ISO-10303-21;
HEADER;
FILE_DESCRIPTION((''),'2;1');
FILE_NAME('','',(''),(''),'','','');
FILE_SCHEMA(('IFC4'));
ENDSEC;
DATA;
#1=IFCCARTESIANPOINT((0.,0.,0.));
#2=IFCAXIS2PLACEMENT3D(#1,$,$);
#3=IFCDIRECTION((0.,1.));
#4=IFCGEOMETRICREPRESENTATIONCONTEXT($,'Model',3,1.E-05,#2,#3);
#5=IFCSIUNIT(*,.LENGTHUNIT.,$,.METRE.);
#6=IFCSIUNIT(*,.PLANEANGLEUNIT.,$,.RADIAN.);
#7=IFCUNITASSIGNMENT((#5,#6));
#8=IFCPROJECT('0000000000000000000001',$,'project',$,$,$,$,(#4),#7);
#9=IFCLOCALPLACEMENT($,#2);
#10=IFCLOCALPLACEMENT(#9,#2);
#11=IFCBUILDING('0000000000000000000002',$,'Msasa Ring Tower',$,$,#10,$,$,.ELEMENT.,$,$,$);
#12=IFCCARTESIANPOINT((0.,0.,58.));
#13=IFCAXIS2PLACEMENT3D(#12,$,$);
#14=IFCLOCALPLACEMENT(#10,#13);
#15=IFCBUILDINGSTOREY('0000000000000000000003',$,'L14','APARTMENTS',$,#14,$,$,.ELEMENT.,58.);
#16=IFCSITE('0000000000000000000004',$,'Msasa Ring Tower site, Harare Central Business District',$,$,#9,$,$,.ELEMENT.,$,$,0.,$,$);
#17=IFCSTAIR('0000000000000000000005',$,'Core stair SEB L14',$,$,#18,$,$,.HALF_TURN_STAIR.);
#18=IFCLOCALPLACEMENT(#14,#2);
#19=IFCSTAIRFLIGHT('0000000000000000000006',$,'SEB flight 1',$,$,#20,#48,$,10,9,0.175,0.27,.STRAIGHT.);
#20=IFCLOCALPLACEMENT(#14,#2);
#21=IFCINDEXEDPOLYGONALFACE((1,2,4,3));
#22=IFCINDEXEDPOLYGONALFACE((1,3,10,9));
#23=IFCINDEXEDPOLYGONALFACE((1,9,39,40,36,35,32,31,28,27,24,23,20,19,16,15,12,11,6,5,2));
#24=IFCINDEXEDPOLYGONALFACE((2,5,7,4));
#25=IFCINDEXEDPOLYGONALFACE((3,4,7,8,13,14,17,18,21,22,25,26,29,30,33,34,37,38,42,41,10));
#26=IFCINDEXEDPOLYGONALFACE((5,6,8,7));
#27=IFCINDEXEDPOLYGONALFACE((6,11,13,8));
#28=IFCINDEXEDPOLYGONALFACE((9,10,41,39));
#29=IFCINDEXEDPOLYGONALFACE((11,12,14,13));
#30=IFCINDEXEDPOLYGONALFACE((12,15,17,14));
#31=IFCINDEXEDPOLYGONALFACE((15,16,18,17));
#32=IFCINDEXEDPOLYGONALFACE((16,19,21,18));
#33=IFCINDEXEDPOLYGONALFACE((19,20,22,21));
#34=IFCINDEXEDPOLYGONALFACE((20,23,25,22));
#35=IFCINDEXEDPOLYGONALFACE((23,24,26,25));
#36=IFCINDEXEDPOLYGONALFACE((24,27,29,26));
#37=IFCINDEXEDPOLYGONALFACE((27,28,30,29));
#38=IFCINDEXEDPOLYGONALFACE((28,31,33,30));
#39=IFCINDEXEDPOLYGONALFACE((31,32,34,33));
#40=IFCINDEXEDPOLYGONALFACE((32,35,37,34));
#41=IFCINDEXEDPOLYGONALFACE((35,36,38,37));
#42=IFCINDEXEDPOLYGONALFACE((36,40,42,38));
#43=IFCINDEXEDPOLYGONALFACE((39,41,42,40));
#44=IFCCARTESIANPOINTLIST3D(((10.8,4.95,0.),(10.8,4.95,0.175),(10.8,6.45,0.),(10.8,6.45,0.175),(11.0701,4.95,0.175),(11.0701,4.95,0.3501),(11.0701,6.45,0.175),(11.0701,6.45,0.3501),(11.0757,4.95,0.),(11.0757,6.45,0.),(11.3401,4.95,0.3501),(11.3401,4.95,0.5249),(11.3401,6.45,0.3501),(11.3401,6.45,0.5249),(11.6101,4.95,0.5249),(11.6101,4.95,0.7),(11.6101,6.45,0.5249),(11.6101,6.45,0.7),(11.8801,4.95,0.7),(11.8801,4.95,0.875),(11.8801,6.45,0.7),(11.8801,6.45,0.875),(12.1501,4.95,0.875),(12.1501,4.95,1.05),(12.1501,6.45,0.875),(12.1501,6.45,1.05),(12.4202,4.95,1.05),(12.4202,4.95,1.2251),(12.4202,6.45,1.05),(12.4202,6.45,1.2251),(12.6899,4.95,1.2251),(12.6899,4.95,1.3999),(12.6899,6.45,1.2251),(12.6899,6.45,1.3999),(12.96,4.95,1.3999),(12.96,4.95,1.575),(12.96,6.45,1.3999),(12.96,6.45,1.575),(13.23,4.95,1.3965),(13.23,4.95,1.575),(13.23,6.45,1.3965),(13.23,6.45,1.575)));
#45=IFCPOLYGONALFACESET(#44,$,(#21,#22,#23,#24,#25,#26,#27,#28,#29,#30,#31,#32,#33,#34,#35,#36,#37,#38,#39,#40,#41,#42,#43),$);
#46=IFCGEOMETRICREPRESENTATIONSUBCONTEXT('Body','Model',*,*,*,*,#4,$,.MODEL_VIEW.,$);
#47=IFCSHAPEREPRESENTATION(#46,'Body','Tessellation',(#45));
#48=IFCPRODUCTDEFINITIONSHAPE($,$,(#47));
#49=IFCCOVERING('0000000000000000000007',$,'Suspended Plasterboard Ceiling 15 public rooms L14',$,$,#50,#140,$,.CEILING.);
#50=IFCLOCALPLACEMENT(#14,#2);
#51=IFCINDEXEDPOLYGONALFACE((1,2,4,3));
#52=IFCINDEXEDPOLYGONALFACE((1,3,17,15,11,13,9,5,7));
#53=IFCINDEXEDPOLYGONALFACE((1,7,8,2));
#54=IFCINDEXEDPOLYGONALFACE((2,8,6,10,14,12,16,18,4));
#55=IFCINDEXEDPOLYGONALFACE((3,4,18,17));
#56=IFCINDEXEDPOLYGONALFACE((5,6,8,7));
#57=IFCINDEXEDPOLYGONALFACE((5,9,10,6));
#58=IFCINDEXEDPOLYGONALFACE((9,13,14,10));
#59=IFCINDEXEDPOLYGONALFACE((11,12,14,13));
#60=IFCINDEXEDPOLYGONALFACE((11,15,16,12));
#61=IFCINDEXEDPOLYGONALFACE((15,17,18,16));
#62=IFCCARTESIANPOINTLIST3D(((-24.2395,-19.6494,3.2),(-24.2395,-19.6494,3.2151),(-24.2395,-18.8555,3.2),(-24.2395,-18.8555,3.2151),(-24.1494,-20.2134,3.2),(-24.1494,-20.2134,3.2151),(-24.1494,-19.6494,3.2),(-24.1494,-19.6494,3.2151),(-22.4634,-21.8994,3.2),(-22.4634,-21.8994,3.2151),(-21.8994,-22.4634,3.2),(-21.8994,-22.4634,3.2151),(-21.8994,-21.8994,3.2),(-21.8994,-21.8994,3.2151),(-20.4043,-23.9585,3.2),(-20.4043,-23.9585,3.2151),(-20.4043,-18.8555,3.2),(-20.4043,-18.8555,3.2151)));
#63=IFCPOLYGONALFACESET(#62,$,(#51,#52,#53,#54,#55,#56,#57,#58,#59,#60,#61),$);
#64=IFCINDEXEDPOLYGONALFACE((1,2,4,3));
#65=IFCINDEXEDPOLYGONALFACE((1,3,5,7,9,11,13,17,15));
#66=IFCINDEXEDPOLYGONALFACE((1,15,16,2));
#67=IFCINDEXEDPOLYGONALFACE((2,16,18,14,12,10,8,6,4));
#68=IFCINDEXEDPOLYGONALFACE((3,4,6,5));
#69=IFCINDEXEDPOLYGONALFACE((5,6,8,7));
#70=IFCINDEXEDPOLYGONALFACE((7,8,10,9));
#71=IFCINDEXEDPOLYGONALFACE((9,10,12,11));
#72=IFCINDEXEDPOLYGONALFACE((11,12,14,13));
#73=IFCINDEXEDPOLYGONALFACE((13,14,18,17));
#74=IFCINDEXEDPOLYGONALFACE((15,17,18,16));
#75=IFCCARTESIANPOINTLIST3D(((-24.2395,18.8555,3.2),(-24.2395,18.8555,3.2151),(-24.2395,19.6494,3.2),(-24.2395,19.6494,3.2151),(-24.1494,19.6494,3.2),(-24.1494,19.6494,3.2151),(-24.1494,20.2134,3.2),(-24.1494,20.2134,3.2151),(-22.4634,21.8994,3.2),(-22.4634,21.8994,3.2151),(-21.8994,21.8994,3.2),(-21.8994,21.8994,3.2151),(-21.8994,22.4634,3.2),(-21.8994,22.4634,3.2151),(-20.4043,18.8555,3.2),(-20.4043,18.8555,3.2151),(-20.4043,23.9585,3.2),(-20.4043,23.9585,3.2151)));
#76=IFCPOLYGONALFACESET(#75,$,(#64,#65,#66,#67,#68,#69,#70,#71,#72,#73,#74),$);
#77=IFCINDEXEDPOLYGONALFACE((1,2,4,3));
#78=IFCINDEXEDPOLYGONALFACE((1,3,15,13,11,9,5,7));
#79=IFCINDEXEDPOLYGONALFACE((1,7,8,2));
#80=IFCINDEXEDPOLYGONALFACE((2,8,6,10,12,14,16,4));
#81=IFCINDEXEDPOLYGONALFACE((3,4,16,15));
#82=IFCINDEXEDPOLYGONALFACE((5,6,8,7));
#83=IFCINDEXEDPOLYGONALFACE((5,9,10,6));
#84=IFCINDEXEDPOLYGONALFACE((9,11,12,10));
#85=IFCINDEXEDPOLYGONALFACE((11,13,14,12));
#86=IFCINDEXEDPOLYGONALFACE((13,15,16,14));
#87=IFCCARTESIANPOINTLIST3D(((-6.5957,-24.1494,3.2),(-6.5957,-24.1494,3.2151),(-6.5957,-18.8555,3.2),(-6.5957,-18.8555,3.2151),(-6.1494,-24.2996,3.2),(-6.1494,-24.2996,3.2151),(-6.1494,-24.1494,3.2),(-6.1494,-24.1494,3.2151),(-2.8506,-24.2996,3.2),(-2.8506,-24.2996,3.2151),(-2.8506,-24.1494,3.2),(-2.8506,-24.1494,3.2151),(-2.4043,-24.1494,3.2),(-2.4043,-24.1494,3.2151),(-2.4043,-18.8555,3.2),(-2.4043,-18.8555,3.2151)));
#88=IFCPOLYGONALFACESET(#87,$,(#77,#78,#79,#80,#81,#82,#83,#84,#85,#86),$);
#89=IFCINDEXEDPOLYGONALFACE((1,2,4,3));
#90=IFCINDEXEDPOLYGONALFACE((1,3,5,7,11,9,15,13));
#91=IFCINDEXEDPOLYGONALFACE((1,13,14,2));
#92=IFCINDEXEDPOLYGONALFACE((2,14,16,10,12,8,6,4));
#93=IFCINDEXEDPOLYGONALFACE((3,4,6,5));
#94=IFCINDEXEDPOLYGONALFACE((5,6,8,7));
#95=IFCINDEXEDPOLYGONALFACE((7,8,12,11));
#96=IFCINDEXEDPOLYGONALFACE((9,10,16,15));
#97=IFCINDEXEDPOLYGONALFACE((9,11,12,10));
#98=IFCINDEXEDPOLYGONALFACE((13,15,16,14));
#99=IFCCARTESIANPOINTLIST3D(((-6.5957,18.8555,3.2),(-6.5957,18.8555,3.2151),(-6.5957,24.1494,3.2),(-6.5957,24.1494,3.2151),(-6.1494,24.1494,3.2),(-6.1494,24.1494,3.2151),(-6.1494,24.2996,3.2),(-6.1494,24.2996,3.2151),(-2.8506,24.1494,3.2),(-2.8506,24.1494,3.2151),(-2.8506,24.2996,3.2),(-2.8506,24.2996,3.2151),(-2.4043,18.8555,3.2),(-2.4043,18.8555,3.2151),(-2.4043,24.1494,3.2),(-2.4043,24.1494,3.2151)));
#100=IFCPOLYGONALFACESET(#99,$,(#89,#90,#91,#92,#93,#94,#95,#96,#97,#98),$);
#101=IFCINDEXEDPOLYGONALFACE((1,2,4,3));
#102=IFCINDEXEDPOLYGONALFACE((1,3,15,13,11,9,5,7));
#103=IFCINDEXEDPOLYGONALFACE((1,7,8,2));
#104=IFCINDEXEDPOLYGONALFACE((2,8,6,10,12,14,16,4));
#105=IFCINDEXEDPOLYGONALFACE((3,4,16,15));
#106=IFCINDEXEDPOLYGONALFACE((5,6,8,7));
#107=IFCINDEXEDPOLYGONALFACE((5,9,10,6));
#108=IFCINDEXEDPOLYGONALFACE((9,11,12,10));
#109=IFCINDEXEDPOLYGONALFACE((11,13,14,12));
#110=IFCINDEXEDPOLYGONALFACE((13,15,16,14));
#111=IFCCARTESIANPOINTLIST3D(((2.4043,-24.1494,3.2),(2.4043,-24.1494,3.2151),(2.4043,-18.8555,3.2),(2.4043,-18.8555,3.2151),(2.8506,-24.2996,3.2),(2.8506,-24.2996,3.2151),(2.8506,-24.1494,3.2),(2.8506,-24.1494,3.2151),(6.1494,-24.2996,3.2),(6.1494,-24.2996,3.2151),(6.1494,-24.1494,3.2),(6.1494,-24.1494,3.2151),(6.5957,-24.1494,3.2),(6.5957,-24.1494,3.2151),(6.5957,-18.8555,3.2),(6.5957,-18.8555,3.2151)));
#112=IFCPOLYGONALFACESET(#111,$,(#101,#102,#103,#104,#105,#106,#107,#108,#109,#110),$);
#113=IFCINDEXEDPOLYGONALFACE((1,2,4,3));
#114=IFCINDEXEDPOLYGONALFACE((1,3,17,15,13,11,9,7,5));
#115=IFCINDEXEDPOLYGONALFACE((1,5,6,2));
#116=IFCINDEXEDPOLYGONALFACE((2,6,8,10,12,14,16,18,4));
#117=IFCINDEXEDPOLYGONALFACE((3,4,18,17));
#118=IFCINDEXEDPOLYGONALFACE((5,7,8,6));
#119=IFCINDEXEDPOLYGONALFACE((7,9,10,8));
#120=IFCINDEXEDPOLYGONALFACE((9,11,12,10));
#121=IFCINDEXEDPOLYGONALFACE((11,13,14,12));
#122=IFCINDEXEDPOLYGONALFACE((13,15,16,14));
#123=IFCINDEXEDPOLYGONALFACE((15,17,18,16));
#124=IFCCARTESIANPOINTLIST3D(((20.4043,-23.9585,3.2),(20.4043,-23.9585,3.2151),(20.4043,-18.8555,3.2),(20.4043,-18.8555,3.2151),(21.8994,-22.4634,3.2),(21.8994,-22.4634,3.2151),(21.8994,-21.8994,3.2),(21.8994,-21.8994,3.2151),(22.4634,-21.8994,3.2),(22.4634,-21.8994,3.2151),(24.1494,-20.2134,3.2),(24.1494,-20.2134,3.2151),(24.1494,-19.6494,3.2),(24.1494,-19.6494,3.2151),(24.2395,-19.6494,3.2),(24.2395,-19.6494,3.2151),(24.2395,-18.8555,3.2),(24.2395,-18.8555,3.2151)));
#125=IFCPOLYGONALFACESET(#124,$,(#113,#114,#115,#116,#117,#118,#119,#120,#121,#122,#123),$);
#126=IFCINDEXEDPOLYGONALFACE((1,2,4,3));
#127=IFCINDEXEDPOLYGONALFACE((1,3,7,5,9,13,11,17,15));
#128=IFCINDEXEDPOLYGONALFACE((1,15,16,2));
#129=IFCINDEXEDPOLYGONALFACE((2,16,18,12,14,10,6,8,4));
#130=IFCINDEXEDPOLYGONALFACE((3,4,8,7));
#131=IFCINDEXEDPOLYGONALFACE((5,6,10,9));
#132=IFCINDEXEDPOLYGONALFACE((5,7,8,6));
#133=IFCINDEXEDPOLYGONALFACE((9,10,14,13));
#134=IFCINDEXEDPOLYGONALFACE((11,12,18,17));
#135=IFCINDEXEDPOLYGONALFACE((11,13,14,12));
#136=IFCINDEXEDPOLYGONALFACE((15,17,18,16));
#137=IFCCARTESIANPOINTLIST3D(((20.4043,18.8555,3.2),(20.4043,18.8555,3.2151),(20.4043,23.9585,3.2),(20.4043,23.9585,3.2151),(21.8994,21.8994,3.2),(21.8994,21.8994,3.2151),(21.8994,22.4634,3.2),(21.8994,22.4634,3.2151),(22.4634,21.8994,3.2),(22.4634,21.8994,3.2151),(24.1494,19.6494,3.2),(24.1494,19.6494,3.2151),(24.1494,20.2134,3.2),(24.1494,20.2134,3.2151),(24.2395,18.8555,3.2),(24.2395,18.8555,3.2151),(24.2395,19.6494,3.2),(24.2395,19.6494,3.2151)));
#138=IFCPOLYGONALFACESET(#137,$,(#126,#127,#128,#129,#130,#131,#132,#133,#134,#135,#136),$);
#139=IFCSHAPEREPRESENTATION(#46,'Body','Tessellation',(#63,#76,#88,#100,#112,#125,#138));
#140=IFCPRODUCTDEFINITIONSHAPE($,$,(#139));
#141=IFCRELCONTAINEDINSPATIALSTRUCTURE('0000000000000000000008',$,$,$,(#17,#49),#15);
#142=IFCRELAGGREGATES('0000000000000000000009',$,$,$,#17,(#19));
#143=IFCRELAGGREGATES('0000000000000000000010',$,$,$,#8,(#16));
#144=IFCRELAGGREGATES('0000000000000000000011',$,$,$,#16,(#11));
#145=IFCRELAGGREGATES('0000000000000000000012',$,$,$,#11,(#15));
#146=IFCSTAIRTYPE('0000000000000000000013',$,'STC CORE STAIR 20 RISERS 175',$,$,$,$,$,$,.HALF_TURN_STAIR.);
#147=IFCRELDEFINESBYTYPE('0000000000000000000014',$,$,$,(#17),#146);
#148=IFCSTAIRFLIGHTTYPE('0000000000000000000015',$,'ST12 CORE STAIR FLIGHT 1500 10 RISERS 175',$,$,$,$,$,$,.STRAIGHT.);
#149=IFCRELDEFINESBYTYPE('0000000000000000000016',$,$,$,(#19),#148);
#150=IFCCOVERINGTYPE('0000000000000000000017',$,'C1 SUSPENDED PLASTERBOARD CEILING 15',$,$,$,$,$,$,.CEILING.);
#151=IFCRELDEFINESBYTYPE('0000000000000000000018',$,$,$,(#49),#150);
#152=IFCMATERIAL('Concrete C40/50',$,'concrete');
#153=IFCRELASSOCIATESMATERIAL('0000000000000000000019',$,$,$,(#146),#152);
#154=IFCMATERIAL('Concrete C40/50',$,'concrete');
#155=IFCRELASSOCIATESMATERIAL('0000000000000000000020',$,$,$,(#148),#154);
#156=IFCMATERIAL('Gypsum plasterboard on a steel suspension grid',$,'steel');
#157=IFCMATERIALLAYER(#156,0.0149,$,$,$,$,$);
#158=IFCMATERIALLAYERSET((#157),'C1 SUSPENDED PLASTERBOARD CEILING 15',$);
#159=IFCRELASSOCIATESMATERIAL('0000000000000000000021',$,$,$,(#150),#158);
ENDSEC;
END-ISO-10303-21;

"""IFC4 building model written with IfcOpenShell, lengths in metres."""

from ifc_helpers import new_model, si_unit, direction, frame, origin, place, context, subcontext, project, spatial, polyline, line, indexed_curve, outline, extrude, material, layer, layer_set, type_object, element, aggregate, save


model = new_model("IFC4")

# Units and contexts
model_context = context("Model", 3, precision=1e-05, world=origin(), true_north=direction((0.0, 1.0)))
body_context = subcontext(model_context, "Body", "Model", "MODEL_VIEW")
ifc_project = project(units=[si_unit("LENGTHUNIT", "METRE"), si_unit("PLANEANGLEUNIT", "RADIAN")], contexts=[model_context])

# Site, building, storey
site_placement = place(None, origin())
site = spatial("IfcSite", under=ifc_project, at=site_placement, Name="Msasa Ring Tower site, Harare Central Business District", CompositionType="ELEMENT", RefElevation=0.0)
building_placement = place(site_placement, origin())
building = spatial("IfcBuilding", under=site, at=building_placement, Name="Msasa Ring Tower", CompositionType="ELEMENT")
storey_placement = place(building_placement, frame((0.0, 0.0, 58.0)))
storey = spatial("IfcBuildingStorey", under=building, at=storey_placement, Name="L14", Description="APARTMENTS", CompositionType="ELEMENT", Elevation=58.0)

# Shared definitions
ifc_material_1 = material(Name="Concrete C40/50", Category="concrete")
stair_type = type_object("IfcStairType", Name="STC CORE STAIR 20 RISERS 175", PredefinedType="HALF_TURN_STAIR", material=ifc_material_1)

# Stair, stair flight
stair_1_placement = place(storey_placement, origin())
stair_1 = element("IfcStair", 1, at=stair_1_placement, inside=storey, type_object=stair_type, Name="Core stair SEB L14", PredefinedType="HALF_TURN_STAIR")
ifc_material_2 = material(Name="Concrete C40/50", Category="concrete")
stair_flight_type = type_object("IfcStairFlightType", Name="ST12 CORE STAIR FLIGHT 1500 10 RISERS 175", PredefinedType="STRAIGHT", material=ifc_material_2)
stair_flight_placement = place(storey_placement, frame((10.8, 5.7, 0.0), z_axis=(0.0, 0.0, 1.0), x_axis=(1.0, 0.0, 0.0)))
stair_flight = element("IfcStairFlight", 2, at=stair_flight_placement, type_object=stair_flight_type, Name="SEB flight 1", NumberOfRisers=10, NumberOfTreads=9, PredefinedType="STRAIGHT", RiserHeight=0.175, TreadLength=0.27, context=body_context, shape_type="SweptSolid", body=[
    extrude(outline(polyline([(0.0, 0.0), (0.0, 0.175), (0.27, 0.175), (0.27, 0.3501), (0.54, 0.3501), (0.54, 0.5249), (0.8101, 0.5249), (0.8101, 0.7), (1.0801, 0.7), (1.0801, 0.875), (1.3501, 0.875), (1.3501, 1.05), (1.6201, 1.05), (1.6201, 1.2251), (1.8899, 1.2251), (1.8899, 1.3999), (2.1599, 1.3999), (2.1599, 1.575), (2.4299, 1.575), (2.4299, 1.75), (2.4299, 1.3965), (0.2756, 0.0), (0.0, 0.0)])), frame((0.0, 0.75, 0.0), z_axis=(0.0, -1.0, 0.0), x_axis=(1.0, 0.0, 0.0)), (0.0, 0.0, 1.0), 1.5),
])
aggregate(stair_1, [stair_flight])

# Covering
ifc_material_3 = material(Name="Gypsum plasterboard on a steel suspension grid", Category="steel")
ifc_layer_1 = layer(ifc_material_3, 0.0149)
ifc_layer_set_1 = layer_set([ifc_layer_1], Name="C1 SUSPENDED PLASTERBOARD CEILING 15")
covering_type_1 = type_object("IfcCoveringType", Name="C1 SUSPENDED PLASTERBOARD CEILING 15", PredefinedType="CEILING", material=ifc_layer_set_1)
covering_1_placement = place(storey_placement, frame((0.0, 0.0, 3.2)))
element("IfcCovering", 3, at=covering_1_placement, inside=storey, type_object=covering_type_1, Name="Suspended Plasterboard Ceiling 15 public rooms L14", PredefinedType="CEILING", context=body_context, shape_type="SweptSolid", body=[
    extrude(outline(indexed_curve([(-24.2395, -18.8555), (-20.4043, -18.8555), (-20.4043, -23.9585), (-21.8994, -22.4634), (-21.8994, -21.8994), (-22.4634, -21.8994), (-24.1494, -20.2134), (-24.1494, -19.6494), (-24.2395, -19.6494)], segments=[line(1, 2, 3, 4, 5, 6, 7, 8, 9, 1)], self_intersect=False)), origin(), (0.0, 0.0, 1.0), 0.0151),
    extrude(outline(indexed_curve([(-24.2395, 18.8555), (-24.2395, 19.6494), (-24.1494, 19.6494), (-24.1494, 20.2134), (-22.4634, 21.8994), (-21.8994, 21.8994), (-21.8994, 22.4634), (-20.4043, 23.9585), (-20.4043, 18.8555)], segments=[line(1, 2, 3, 4, 5, 6, 7, 8, 9, 1)], self_intersect=False)), origin(), (0.0, 0.0, 1.0), 0.0151),
    extrude(outline(indexed_curve([(-6.1494, -24.2996), (-6.1494, -24.1494), (-6.5957, -24.1494), (-6.5957, -18.8555), (-2.4043, -18.8555), (-2.4043, -24.1494), (-2.8506, -24.1494), (-2.8506, -24.2996)], segments=[line(1, 2, 3, 4, 5, 6, 7, 8, 1)], self_intersect=False)), origin(), (0.0, 0.0, 1.0), 0.0151),
    extrude(outline(indexed_curve([(-6.5957, 18.8555), (-6.5957, 24.1494), (-6.1494, 24.1494), (-6.1494, 24.2996), (-2.8506, 24.2996), (-2.8506, 24.1494), (-2.4043, 24.1494), (-2.4043, 18.8555)], segments=[line(1, 2, 3, 4, 5, 6, 7, 8, 1)], self_intersect=False)), origin(), (0.0, 0.0, 1.0), 0.0151),
    extrude(outline(indexed_curve([(6.5957, -18.8555), (6.5957, -24.1494), (6.1494, -24.1494), (6.1494, -24.2996), (2.8506, -24.2996), (2.8506, -24.1494), (2.4043, -24.1494), (2.4043, -18.8555)], segments=[line(1, 2, 3, 4, 5, 6, 7, 8, 1)], self_intersect=False)), origin(), (0.0, 0.0, 1.0), 0.0151),
    extrude(outline(indexed_curve([(24.2395, -18.8555), (24.2395, -19.6494), (24.1494, -19.6494), (24.1494, -20.2134), (22.4634, -21.8994), (21.8994, -21.8994), (21.8994, -22.4634), (20.4043, -23.9585), (20.4043, -18.8555)], segments=[line(1, 2, 3, 4, 5, 6, 7, 8, 9, 1)], self_intersect=False)), origin(), (0.0, 0.0, 1.0), 0.0151),
    extrude(outline(indexed_curve([(24.2395, 18.8555), (20.4043, 18.8555), (20.4043, 23.9585), (21.8994, 22.4634), (21.8994, 21.8994), (22.4634, 21.8994), (24.1494, 20.2134), (24.1494, 19.6494), (24.2395, 19.6494)], segments=[line(1, 2, 3, 4, 5, 6, 7, 8, 9, 1)], self_intersect=False)), origin(), (0.0, 0.0, 1.0), 0.0151),
])

save(model, "model.ifc")
